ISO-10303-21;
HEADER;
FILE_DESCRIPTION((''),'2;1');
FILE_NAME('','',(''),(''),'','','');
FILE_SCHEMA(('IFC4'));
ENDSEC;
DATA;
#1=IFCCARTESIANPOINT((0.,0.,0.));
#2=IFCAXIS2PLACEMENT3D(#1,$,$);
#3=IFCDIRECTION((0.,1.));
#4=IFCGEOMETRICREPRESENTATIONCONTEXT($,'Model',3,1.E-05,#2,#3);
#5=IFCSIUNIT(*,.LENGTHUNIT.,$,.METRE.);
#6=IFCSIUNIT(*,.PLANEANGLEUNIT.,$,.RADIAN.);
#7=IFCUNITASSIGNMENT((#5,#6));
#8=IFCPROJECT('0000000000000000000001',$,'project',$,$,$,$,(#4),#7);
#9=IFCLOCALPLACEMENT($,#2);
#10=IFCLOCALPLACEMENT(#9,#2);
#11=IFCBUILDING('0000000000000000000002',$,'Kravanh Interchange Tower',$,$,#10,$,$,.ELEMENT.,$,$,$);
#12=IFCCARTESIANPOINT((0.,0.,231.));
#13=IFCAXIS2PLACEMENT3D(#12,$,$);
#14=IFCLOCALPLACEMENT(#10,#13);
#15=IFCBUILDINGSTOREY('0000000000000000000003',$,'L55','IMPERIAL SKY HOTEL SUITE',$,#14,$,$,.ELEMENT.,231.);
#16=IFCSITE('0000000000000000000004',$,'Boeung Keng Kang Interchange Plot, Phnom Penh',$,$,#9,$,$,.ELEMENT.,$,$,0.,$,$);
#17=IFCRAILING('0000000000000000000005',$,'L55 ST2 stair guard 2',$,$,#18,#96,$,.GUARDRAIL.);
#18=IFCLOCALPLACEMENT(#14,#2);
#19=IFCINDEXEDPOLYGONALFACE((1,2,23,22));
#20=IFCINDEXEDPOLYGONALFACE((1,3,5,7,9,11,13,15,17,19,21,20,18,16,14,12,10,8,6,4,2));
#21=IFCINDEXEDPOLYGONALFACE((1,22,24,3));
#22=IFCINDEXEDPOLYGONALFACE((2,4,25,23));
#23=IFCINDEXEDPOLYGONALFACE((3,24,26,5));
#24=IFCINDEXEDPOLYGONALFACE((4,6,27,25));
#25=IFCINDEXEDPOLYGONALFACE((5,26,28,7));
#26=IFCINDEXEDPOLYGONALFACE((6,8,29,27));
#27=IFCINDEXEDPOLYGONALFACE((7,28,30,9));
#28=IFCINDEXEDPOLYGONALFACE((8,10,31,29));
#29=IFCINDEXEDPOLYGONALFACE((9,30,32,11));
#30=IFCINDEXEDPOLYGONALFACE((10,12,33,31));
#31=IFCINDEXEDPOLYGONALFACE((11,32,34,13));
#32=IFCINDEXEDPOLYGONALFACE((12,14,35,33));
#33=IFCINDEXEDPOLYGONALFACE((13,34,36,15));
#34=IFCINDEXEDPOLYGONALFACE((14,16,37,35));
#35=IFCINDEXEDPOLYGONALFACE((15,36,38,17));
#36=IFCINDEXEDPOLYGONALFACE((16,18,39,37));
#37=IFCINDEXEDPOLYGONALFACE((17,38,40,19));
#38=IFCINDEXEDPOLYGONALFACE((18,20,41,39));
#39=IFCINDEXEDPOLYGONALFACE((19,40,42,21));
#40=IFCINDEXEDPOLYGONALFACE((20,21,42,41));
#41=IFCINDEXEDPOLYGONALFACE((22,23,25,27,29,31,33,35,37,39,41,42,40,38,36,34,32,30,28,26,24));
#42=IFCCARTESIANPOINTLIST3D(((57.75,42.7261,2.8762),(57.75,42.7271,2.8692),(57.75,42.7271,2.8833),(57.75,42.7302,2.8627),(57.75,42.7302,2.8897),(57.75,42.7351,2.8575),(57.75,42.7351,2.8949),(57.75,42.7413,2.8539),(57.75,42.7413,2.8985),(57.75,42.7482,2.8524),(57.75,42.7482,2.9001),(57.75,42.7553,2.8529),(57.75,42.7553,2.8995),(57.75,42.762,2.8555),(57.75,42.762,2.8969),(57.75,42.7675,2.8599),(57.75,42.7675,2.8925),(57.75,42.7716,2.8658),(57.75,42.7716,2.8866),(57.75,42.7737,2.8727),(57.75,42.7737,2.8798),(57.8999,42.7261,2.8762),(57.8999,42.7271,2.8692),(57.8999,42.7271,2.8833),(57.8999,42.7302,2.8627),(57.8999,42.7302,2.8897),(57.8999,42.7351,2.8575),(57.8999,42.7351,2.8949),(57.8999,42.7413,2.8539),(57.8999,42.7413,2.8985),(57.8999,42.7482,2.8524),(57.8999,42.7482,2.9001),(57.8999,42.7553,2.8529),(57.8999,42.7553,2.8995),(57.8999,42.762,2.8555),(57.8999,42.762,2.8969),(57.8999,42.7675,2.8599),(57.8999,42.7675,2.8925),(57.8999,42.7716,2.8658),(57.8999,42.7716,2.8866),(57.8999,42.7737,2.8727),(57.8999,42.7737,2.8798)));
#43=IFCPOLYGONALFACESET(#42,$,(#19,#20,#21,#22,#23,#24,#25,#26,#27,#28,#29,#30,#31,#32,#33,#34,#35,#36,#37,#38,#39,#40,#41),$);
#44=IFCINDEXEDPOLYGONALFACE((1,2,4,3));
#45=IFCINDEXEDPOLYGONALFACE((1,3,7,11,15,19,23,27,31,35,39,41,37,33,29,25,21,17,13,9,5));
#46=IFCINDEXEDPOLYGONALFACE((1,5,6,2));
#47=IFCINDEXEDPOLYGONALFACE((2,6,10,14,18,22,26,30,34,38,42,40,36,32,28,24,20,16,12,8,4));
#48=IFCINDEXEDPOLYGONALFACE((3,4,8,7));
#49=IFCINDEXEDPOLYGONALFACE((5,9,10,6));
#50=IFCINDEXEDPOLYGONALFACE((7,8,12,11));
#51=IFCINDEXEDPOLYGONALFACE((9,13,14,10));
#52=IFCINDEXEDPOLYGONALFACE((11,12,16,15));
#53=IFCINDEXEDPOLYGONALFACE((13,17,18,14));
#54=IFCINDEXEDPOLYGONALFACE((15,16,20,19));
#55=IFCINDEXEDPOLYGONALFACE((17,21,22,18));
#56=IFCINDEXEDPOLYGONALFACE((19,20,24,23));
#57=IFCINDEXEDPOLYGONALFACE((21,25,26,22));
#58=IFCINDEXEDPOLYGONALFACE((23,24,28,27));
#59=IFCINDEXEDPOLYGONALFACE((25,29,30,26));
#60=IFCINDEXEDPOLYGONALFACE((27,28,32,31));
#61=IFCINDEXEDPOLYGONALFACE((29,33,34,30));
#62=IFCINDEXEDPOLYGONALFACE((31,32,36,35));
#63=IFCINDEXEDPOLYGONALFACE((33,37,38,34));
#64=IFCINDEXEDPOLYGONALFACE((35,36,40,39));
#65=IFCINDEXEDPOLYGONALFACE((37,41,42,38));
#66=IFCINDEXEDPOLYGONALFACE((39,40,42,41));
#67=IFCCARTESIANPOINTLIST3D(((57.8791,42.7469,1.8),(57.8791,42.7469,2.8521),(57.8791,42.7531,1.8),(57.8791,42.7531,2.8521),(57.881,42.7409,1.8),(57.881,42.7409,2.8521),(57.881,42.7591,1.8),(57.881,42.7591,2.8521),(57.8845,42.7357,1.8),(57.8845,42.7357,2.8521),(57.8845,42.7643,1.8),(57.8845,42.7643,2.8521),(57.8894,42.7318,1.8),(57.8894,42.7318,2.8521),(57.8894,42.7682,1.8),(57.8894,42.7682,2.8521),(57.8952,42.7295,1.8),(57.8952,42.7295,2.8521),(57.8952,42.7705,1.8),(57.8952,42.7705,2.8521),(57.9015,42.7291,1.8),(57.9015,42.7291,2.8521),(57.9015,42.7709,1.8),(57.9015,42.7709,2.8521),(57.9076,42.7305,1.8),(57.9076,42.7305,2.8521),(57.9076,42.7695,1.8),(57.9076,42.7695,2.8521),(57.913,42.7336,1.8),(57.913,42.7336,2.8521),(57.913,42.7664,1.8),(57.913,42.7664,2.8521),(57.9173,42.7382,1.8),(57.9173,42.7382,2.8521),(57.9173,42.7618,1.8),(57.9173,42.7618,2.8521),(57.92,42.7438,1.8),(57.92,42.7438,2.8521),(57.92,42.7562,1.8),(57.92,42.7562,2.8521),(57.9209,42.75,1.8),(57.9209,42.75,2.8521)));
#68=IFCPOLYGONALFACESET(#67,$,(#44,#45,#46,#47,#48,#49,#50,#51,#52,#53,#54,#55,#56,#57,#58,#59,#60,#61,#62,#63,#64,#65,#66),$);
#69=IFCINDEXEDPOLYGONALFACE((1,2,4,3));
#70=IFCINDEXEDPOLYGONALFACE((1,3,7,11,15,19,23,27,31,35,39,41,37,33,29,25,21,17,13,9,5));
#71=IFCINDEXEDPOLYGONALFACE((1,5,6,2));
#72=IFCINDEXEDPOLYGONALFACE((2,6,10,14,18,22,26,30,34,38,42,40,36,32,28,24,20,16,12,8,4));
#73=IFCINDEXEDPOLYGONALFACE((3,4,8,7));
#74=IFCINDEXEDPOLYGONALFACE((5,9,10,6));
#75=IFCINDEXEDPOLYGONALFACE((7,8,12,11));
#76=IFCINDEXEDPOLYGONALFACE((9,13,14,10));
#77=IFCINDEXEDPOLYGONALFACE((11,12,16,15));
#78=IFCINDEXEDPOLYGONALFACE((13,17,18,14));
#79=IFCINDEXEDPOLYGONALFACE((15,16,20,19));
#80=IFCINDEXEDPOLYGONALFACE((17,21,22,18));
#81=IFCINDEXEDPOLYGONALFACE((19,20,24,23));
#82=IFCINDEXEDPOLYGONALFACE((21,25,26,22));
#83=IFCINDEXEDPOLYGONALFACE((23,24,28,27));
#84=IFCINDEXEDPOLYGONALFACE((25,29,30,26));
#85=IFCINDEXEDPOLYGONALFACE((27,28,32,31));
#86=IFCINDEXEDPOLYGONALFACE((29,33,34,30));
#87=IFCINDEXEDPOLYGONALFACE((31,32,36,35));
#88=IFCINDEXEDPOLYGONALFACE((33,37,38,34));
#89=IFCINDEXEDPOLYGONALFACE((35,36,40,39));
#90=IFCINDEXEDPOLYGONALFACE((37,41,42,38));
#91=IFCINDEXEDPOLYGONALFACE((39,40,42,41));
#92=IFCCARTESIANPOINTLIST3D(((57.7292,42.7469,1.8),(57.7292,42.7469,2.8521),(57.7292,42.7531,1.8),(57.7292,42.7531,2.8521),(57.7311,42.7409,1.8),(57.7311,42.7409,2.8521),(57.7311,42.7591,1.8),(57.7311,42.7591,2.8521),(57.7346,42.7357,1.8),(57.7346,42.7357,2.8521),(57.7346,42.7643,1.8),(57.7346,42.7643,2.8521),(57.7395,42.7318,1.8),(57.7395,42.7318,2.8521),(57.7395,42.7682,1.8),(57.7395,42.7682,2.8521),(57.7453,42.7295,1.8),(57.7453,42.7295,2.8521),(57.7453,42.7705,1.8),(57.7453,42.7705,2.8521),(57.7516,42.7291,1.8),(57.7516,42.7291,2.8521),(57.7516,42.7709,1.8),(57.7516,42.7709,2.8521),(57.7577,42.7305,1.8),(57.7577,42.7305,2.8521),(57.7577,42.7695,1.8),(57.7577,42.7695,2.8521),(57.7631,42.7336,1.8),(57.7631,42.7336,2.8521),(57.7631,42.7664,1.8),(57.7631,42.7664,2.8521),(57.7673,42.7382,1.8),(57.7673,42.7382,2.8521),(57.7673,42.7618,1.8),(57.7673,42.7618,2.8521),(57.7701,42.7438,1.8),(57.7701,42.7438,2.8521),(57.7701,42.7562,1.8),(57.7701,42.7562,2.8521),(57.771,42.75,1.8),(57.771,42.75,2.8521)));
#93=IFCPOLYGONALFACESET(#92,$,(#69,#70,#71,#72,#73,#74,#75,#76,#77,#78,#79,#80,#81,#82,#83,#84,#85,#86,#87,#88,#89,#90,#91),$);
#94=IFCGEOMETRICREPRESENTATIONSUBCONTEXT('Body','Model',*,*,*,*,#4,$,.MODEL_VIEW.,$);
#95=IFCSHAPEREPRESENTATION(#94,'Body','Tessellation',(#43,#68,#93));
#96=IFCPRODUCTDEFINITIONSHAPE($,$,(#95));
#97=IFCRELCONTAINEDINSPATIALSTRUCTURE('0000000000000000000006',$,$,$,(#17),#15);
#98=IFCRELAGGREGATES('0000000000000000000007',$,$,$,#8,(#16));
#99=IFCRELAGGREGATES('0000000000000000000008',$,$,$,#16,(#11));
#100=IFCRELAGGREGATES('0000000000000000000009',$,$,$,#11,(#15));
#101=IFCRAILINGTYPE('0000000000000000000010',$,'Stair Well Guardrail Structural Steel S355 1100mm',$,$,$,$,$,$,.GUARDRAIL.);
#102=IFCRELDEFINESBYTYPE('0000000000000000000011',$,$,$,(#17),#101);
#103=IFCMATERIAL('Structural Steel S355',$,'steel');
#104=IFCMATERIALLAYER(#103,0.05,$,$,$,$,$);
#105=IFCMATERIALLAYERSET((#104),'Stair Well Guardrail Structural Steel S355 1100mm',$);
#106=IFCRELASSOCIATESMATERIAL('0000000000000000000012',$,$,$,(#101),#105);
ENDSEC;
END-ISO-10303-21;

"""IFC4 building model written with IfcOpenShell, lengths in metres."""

from ifc_helpers import new_model, si_unit, direction, frame, origin, origin_2d, place, context, subcontext, project, spatial, circle, extrude, material, layer, layer_set, type_object, element, save


model = new_model("IFC4")

# Units and contexts
model_context = context("Model", 3, precision=1e-05, world=origin(), true_north=direction((0.0, 1.0)))
body_context = subcontext(model_context, "Body", "Model", "MODEL_VIEW")
ifc_project = project(units=[si_unit("LENGTHUNIT", "METRE"), si_unit("PLANEANGLEUNIT", "RADIAN")], contexts=[model_context])

# Site, building, storey
site_placement = place(None, origin())
site = spatial("IfcSite", under=ifc_project, at=site_placement, Name="Boeung Keng Kang Interchange Plot, Phnom Penh", CompositionType="ELEMENT", RefElevation=0.0)
building_placement = place(site_placement, origin())
building = spatial("IfcBuilding", under=site, at=building_placement, Name="Kravanh Interchange Tower", CompositionType="ELEMENT")
storey_placement = place(building_placement, frame((0.0, 0.0, 231.0)))
storey = spatial("IfcBuildingStorey", under=building, at=storey_placement, Name="L55", Description="IMPERIAL SKY HOTEL SUITE", CompositionType="ELEMENT", Elevation=231.0)

# Railing
ifc_material_1 = material(Name="Structural Steel S355", Category="steel")
ifc_layer_1 = layer(ifc_material_1, 0.05)
ifc_layer_set_1 = layer_set([ifc_layer_1], Name="Stair Well Guardrail Structural Steel S355 1100mm")
railing_type_1 = type_object("IfcRailingType", Name="Stair Well Guardrail Structural Steel S355 1100mm", PredefinedType="GUARDRAIL", material=ifc_layer_set_1)
railing_1_placement = place(storey_placement, frame((57.8999, 42.75, 1.8)))
element("IfcRailing", 1, at=railing_1_placement, inside=storey, type_object=railing_type_1, Name="L55 ST2 stair guard 2", PredefinedType="GUARDRAIL", context=body_context, shape_type="SweptSolid", body=[
    extrude(circle(Radius=0.0239, at=origin_2d()), frame((0.0, 0.0, 1.0762), z_axis=(-1.0, 0.0, 0.0), x_axis=(0.0, -1.0, 0.0)), (0.0, 0.0, 1.0), 0.1499),
    extrude(circle(Radius=0.021, at=origin_2d()), origin(), (0.0, 0.0, 1.0), 1.052),
    extrude(circle(Radius=0.021, at=origin_2d()), frame((-0.1499, 0.0, 0.0)), (0.0, 0.0, 1.0), 1.052),
])

save(model, "model.ifc")
